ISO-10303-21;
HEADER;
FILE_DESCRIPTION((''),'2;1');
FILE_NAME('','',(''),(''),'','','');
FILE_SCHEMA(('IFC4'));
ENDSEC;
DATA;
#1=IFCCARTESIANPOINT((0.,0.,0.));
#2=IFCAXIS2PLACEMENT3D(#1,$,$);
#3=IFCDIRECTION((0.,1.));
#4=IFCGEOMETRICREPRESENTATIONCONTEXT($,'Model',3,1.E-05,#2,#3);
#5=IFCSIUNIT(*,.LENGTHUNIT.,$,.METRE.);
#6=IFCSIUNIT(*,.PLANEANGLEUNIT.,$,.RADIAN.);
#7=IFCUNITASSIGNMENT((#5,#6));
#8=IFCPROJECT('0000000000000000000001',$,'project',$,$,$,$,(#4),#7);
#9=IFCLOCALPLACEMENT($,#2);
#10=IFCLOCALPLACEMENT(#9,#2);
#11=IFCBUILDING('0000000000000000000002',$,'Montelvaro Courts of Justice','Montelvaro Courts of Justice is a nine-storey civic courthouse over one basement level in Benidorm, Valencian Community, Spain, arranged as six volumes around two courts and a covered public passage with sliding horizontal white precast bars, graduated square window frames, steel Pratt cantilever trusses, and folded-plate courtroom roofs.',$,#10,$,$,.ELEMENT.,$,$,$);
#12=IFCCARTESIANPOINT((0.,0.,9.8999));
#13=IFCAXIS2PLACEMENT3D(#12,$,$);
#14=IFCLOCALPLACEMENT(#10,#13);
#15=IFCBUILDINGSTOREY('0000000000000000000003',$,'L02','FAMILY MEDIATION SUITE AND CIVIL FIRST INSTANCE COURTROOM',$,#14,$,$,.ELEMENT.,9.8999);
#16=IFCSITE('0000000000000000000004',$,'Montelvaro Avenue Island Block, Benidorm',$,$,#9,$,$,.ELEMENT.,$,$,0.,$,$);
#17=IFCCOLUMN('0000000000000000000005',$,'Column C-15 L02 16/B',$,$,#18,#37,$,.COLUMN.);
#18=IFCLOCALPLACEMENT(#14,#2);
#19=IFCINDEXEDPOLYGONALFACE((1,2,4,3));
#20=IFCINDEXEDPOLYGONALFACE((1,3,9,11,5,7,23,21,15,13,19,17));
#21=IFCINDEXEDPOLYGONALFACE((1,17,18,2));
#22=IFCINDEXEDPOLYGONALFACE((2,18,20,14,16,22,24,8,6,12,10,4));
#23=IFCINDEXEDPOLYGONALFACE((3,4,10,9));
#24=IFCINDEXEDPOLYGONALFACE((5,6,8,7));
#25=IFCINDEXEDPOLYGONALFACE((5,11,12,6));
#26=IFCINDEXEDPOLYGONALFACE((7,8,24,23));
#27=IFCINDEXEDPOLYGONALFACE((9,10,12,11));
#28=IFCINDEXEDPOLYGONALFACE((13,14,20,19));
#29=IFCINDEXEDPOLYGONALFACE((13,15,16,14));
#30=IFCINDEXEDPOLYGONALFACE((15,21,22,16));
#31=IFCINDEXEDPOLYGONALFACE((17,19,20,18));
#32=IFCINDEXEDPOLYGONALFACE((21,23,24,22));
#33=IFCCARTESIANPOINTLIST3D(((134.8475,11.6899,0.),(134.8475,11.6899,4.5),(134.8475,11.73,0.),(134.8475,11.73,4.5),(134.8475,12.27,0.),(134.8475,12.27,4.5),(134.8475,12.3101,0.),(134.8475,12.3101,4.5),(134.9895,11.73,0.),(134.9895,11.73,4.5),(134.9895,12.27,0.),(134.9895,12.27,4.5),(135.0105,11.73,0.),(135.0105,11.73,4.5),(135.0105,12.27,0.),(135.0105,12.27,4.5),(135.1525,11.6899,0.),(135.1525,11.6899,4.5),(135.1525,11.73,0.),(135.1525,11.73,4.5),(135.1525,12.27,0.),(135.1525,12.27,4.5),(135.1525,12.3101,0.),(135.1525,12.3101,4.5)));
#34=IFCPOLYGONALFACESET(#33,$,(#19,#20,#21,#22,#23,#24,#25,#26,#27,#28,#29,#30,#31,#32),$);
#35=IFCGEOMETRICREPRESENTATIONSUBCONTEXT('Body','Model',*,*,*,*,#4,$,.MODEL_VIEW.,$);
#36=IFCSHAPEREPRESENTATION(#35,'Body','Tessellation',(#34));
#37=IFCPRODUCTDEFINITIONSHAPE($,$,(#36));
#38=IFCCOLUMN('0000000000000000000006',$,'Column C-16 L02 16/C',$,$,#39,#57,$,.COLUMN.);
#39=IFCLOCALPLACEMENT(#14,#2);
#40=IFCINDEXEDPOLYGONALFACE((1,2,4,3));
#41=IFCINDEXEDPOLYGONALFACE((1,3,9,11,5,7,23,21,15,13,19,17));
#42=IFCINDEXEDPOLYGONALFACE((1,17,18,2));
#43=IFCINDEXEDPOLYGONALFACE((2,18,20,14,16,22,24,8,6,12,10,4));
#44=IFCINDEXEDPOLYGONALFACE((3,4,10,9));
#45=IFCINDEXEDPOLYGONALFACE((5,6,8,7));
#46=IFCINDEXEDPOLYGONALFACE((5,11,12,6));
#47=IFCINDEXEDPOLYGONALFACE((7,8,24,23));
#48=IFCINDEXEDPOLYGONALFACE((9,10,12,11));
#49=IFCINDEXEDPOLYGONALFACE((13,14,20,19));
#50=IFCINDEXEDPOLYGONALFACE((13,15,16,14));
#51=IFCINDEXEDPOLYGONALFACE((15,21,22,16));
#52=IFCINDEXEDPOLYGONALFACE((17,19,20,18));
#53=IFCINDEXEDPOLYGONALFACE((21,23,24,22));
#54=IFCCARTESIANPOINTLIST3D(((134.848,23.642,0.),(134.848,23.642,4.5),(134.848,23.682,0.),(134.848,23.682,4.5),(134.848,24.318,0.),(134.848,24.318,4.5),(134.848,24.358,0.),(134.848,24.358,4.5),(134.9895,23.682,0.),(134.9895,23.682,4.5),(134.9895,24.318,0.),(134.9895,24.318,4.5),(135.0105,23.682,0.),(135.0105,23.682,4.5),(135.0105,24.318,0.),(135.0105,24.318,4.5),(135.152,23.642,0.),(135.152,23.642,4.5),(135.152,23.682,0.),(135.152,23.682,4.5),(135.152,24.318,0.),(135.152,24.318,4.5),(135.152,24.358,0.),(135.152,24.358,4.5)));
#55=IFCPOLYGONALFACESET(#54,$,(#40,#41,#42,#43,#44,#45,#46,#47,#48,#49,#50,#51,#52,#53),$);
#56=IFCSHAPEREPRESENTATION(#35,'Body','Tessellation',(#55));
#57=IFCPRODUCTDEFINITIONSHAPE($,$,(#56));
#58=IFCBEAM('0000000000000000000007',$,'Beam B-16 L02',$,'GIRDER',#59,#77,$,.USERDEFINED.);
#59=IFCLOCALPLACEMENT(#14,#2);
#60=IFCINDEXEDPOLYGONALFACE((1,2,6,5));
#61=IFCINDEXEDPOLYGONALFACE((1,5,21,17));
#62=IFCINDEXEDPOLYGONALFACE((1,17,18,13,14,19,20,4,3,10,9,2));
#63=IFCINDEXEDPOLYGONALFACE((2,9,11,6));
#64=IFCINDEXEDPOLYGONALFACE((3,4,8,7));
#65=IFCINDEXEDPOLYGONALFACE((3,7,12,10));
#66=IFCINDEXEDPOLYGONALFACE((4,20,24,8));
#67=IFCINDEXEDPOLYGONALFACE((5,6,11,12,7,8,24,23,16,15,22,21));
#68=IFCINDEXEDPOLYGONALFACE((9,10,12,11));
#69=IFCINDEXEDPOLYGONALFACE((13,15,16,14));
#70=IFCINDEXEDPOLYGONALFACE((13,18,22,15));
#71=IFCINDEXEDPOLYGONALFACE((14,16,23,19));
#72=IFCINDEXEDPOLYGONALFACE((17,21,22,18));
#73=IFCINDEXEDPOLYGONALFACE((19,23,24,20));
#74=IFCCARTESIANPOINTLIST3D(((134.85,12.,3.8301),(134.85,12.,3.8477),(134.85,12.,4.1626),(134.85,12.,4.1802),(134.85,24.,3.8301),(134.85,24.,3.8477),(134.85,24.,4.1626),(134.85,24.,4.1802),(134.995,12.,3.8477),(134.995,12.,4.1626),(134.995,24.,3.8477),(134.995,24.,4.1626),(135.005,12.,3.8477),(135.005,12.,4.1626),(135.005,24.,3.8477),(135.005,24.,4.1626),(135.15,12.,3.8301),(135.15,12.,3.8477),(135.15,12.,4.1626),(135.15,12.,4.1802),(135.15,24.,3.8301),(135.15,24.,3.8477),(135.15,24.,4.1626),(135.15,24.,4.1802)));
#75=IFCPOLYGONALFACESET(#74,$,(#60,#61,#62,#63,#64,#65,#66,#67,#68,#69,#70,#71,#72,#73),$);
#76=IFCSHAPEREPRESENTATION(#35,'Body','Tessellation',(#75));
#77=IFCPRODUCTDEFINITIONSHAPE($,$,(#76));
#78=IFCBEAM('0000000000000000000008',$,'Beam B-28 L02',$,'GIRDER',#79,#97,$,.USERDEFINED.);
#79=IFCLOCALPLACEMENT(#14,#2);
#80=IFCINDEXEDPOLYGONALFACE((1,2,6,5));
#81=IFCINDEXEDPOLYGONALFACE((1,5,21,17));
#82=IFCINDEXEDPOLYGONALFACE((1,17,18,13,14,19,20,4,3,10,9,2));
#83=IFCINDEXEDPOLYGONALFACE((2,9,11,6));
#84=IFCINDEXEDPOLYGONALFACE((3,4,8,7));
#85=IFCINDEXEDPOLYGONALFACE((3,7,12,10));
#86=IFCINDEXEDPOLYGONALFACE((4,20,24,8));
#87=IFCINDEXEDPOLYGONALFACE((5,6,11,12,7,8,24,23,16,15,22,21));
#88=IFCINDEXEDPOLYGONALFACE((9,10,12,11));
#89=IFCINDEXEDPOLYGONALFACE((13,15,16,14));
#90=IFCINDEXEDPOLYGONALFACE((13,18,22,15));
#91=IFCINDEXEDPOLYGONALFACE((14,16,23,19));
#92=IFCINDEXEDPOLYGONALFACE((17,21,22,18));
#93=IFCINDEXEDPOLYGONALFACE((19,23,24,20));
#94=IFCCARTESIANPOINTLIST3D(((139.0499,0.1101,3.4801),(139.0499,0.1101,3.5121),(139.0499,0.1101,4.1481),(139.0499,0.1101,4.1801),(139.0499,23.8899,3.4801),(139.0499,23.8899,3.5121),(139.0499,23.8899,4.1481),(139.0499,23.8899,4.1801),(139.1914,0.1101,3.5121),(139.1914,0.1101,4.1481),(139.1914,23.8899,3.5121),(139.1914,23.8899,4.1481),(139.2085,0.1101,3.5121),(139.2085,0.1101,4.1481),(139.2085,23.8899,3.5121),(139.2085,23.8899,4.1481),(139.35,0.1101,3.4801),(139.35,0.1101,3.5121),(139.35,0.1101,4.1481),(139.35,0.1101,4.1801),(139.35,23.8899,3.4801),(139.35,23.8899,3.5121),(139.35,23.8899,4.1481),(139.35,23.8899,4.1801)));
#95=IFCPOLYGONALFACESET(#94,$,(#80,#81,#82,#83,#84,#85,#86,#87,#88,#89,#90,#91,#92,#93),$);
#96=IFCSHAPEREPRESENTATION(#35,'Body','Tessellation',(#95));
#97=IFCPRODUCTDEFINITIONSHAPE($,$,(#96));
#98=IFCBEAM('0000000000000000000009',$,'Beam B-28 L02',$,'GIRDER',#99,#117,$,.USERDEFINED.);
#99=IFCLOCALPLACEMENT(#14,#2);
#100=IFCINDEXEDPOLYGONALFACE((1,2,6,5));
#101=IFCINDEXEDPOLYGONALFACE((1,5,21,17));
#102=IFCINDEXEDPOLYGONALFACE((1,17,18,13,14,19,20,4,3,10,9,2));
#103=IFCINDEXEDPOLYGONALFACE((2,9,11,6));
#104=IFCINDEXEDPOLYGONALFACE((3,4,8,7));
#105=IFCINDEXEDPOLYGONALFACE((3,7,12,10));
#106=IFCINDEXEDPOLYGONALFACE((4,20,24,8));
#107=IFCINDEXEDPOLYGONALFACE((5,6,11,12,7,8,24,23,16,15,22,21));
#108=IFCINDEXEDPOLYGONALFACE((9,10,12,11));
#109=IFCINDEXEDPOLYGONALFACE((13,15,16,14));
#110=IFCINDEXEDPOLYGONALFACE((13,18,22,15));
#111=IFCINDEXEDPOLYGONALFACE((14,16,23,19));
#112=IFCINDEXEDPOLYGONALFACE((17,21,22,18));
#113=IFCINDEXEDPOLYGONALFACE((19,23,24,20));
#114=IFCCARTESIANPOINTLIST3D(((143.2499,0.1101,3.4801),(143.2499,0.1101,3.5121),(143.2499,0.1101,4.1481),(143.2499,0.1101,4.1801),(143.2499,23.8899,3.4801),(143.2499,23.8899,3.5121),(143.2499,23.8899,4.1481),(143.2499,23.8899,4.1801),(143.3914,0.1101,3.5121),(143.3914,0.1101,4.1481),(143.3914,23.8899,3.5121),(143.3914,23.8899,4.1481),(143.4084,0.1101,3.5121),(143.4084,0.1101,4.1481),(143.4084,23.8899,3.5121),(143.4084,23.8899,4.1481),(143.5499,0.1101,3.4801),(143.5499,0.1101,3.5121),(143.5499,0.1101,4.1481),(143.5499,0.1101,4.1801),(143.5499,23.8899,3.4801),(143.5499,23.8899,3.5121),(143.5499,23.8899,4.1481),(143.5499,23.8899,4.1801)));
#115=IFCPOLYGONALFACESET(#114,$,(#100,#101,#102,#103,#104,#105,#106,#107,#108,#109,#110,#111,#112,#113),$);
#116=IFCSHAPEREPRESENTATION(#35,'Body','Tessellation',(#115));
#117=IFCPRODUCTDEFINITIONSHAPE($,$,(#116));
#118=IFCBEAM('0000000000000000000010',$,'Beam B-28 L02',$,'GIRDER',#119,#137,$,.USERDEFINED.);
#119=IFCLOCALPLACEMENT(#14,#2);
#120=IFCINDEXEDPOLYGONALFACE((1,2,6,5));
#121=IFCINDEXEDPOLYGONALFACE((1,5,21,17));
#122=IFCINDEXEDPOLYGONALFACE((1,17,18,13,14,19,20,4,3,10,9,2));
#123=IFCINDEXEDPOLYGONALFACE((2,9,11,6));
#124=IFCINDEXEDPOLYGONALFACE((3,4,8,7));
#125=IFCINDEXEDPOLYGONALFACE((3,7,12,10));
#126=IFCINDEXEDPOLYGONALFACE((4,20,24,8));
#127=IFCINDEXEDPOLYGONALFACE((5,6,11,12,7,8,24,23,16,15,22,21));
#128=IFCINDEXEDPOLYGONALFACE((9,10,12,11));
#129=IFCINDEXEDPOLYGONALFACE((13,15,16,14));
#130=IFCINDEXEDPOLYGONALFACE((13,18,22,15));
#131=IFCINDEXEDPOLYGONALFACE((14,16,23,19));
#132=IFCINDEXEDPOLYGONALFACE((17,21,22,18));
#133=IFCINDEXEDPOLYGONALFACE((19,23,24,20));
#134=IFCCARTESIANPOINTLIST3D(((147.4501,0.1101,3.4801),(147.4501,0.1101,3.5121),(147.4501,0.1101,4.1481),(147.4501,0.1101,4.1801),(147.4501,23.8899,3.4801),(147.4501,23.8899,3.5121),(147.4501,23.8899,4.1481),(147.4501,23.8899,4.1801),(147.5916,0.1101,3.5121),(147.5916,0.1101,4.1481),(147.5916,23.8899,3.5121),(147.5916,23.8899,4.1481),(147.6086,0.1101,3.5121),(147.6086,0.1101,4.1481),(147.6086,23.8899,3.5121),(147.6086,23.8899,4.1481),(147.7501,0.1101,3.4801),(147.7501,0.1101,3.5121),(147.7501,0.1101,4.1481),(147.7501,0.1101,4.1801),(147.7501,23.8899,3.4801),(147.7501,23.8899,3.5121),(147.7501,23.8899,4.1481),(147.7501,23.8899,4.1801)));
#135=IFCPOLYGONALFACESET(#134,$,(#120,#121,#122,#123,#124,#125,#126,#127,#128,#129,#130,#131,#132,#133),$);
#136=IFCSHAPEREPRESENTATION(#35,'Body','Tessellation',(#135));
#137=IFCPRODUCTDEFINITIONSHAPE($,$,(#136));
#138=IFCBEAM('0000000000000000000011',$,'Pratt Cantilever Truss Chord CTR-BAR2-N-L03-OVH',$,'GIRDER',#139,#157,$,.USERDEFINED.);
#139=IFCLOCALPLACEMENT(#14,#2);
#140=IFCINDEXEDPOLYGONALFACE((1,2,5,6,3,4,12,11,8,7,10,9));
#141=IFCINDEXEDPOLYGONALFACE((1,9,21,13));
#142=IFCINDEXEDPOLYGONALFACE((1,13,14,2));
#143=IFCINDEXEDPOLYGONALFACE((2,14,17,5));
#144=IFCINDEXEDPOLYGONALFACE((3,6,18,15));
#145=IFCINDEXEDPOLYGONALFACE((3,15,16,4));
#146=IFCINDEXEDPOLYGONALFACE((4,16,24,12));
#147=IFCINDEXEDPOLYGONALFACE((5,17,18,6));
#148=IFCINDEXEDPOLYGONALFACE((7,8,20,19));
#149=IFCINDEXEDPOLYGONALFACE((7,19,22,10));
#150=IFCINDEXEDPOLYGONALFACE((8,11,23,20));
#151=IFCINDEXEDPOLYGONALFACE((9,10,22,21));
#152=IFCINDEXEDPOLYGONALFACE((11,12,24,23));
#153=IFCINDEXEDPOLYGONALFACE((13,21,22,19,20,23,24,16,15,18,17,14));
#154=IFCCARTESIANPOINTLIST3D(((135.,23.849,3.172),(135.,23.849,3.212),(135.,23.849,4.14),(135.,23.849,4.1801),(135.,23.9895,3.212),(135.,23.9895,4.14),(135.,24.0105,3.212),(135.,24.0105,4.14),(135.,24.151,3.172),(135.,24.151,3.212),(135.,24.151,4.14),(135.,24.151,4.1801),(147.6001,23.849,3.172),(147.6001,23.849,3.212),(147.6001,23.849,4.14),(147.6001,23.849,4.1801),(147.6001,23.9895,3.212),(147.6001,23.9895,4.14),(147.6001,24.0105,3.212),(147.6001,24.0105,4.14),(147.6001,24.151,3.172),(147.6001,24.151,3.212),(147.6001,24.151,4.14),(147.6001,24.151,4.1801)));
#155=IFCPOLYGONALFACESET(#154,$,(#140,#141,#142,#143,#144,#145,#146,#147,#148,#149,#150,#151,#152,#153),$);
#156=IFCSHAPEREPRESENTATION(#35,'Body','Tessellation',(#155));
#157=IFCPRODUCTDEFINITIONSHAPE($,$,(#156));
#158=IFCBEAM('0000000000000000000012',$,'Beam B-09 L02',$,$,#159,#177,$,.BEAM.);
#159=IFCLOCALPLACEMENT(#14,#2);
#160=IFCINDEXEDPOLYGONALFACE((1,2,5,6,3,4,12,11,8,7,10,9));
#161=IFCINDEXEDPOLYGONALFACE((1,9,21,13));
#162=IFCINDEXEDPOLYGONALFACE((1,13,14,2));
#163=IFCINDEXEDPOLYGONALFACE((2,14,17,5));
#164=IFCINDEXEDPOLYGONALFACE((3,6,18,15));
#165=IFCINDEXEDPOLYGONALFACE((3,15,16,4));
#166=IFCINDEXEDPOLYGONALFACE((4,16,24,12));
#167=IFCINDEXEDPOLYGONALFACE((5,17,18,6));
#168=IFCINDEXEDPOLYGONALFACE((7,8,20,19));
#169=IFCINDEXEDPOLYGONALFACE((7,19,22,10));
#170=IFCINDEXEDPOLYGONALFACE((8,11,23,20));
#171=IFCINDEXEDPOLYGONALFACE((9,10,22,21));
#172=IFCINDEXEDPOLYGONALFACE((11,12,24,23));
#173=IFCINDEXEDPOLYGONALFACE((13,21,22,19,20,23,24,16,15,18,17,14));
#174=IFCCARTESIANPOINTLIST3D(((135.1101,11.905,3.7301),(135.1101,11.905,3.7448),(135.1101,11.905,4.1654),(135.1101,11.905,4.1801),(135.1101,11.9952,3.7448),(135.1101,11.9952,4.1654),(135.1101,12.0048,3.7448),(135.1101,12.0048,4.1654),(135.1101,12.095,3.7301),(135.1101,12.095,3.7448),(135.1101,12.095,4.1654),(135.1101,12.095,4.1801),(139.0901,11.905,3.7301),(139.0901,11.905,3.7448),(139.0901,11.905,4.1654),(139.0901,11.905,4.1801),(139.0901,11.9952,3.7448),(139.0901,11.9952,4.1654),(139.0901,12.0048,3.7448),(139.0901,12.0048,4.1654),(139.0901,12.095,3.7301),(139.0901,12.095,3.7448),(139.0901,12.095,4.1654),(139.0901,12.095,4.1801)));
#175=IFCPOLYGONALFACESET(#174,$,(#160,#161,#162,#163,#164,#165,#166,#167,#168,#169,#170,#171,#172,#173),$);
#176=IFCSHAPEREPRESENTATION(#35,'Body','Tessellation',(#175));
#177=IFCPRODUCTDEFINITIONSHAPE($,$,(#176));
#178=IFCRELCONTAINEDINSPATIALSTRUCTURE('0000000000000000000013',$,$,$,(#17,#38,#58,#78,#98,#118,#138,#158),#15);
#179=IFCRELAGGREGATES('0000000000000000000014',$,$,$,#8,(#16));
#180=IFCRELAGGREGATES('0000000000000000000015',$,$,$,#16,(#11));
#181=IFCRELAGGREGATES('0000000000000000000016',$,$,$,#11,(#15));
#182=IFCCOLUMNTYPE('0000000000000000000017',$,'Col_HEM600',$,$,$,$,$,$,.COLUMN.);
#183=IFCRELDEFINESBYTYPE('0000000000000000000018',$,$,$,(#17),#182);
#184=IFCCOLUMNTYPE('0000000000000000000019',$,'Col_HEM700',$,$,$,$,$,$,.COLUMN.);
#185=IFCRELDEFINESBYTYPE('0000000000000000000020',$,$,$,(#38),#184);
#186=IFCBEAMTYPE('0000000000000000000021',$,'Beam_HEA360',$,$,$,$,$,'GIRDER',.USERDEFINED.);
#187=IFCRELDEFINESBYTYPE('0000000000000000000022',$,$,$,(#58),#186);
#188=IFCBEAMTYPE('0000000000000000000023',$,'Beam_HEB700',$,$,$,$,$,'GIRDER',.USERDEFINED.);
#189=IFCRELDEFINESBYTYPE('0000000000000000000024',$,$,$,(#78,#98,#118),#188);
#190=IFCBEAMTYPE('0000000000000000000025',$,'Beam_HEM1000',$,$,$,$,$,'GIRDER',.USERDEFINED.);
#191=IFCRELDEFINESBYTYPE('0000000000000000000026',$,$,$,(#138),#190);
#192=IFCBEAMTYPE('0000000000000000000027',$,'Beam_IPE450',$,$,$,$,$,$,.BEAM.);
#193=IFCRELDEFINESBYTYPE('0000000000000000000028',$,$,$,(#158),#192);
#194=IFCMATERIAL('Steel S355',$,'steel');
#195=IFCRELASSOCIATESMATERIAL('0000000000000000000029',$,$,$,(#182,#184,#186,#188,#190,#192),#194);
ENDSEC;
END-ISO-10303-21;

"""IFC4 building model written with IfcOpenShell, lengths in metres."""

from ifc_helpers import new_model, si_unit, direction, frame, origin, origin_2d, place, context, subcontext, project, spatial, i_section, extrude, material, material_profile, profile_set, type_object, element, save


model = new_model("IFC4")

# Units and contexts
model_context = context("Model", 3, precision=1e-05, world=origin(), true_north=direction((0.0, 1.0)))
body_context = subcontext(model_context, "Body", "Model", "MODEL_VIEW")
ifc_project = project(units=[si_unit("LENGTHUNIT", "METRE"), si_unit("PLANEANGLEUNIT", "RADIAN")], contexts=[model_context])

# Site, building, storey
site_placement = place(None, origin())
site = spatial("IfcSite", under=ifc_project, at=site_placement, Name="Montelvaro Avenue Island Block, Benidorm", CompositionType="ELEMENT", RefElevation=0.0)
building_placement = place(site_placement, origin())
building = spatial("IfcBuilding", under=site, at=building_placement, Name="Montelvaro Courts of Justice", Description="Montelvaro Courts of Justice is a nine-storey civic courthouse over one basement level in Benidorm, Valencian Community, Spain, arranged as six volumes around two courts and a covered public passage with sliding horizontal white precast bars, graduated square window frames, steel Pratt cantilever trusses, and folded-plate courtroom roofs.", CompositionType="ELEMENT")
storey_placement = place(building_placement, frame((0.0, 0.0, 9.8999)))
storey = spatial("IfcBuildingStorey", under=building, at=storey_placement, Name="L02", Description="FAMILY MEDIATION SUITE AND CIVIL FIRST INSTANCE COURTROOM", CompositionType="ELEMENT", Elevation=9.8999)

# Columns
ifc_material_1 = material(Name="Steel S355", Category="steel")
ifc_material_profile_1 = material_profile(ifc_material_1, i_section(OverallWidth=0.3049, OverallDepth=0.6201, WebThickness=0.021, FlangeThickness=0.04, at=origin_2d()), Name="HEM 600")
ifc_profile_set_1 = profile_set([ifc_material_profile_1], Name="Steel S355")
column_type_1 = type_object("IfcColumnType", Name="Col_HEM600", PredefinedType="COLUMN", material=ifc_profile_set_1)
column_1_placement = place(storey_placement, frame((135.0, 12.0, 0.0), z_axis=(0.0, 0.0, 1.0), x_axis=(1.0, 0.0, 0.0)))
element("IfcColumn", 1, at=column_1_placement, inside=storey, type_object=column_type_1, Name="Column C-15 L02 16/B", PredefinedType="COLUMN", context=body_context, shape_type="SweptSolid", body=[
    extrude(i_section(OverallWidth=0.3049, OverallDepth=0.6201, WebThickness=0.021, FlangeThickness=0.04, at=origin_2d()), origin(), (0.0, 0.0, 1.0), 4.5),
])
ifc_material_profile_2 = material_profile(ifc_material_1, i_section(OverallWidth=0.304, OverallDepth=0.7161, WebThickness=0.021, FlangeThickness=0.04, at=origin_2d()), Name="HEM 700")
ifc_profile_set_2 = profile_set([ifc_material_profile_2], Name="Steel S355")
column_type_2 = type_object("IfcColumnType", Name="Col_HEM700", PredefinedType="COLUMN", material=ifc_profile_set_2)
column_2_placement = place(storey_placement, frame((135.0, 24.0, 0.0), z_axis=(0.0, 0.0, 1.0), x_axis=(1.0, 0.0, 0.0)))
element("IfcColumn", 2, at=column_2_placement, inside=storey, type_object=column_type_2, Name="Column C-16 L02 16/C", PredefinedType="COLUMN", context=body_context, shape_type="SweptSolid", body=[
    extrude(i_section(OverallWidth=0.304, OverallDepth=0.7161, WebThickness=0.021, FlangeThickness=0.04, at=origin_2d()), origin(), (0.0, 0.0, 1.0), 4.5),
])

# Beams
ifc_material_profile_3 = material_profile(ifc_material_1, i_section(OverallWidth=0.3, OverallDepth=0.3501, WebThickness=0.01, FlangeThickness=0.0176, at=origin_2d()), Name="HEA 360")
ifc_profile_set_3 = profile_set([ifc_material_profile_3], Name="Steel S355")
beam_type_1 = type_object("IfcBeamType", Name="Beam_HEA360", ElementType="GIRDER", PredefinedType="USERDEFINED", material=ifc_profile_set_3)
beam_1_placement = place(storey_placement, frame((135.0, 12.0, 4.0051), z_axis=(0.0, 1.0, 0.0), x_axis=(-1.0, 0.0, 0.0)))
element("IfcBeam", 3, at=beam_1_placement, inside=storey, type_object=beam_type_1, Name="Beam B-16 L02", ObjectType="GIRDER", PredefinedType="USERDEFINED", context=body_context, shape_type="SweptSolid", body=[
    extrude(i_section(OverallWidth=0.3, OverallDepth=0.3501, WebThickness=0.01, FlangeThickness=0.0176, at=origin_2d()), origin(), (0.0, 0.0, 1.0), 12.0),
])
ifc_material_profile_4 = material_profile(ifc_material_1, i_section(OverallWidth=0.3, OverallDepth=0.7, WebThickness=0.0171, FlangeThickness=0.032, at=origin_2d()), Name="HEB 700")
ifc_profile_set_4 = profile_set([ifc_material_profile_4], Name="Steel S355")
beam_type_2 = type_object("IfcBeamType", Name="Beam_HEB700", ElementType="GIRDER", PredefinedType="USERDEFINED", material=ifc_profile_set_4)
for number, where, z_axis, x_axis, name in (
    (4, (139.2, 0.1101, 3.8301), (0.0, 1.0, 0.0), (-1.0, 0.0, 0.0), "Beam B-28 L02"),
    (5, (143.3999, 0.1101, 3.8301), (0.0, 1.0, 0.0), (-1.0, 0.0, 0.0), "Beam B-28 L02"),
    (6, (147.6001, 0.1101, 3.8301), (0.0, 1.0, 0.0), (-1.0, 0.0, 0.0), "Beam B-28 L02"),
):
    element("IfcBeam", number, at=place(storey_placement, frame(where, z_axis=z_axis, x_axis=x_axis)), inside=storey, type_object=beam_type_2, Name=name, ObjectType="GIRDER", PredefinedType="USERDEFINED", context=body_context, shape_type="SweptSolid", body=[
        extrude(i_section(OverallWidth=0.3, OverallDepth=0.7, WebThickness=0.0171, FlangeThickness=0.032, at=origin_2d()), origin(), (0.0, 0.0, 1.0), 23.7798),
    ])
ifc_material_profile_5 = material_profile(ifc_material_1, i_section(OverallWidth=0.302, OverallDepth=1.0081, WebThickness=0.021, FlangeThickness=0.04, at=origin_2d()), Name="HEM 1000")
ifc_profile_set_5 = profile_set([ifc_material_profile_5], Name="Steel S355")
beam_type_3 = type_object("IfcBeamType", Name="Beam_HEM1000", ElementType="GIRDER", PredefinedType="USERDEFINED", material=ifc_profile_set_5)
beam_2_placement = place(storey_placement, frame((135.0, 24.0, 3.676), z_axis=(1.0, 0.0, 0.0), x_axis=(0.0, 1.0, 0.0)))
element("IfcBeam", 7, at=beam_2_placement, inside=storey, type_object=beam_type_3, Name="Pratt Cantilever Truss Chord CTR-BAR2-N-L03-OVH", ObjectType="GIRDER", PredefinedType="USERDEFINED", context=body_context, shape_type="SweptSolid", body=[
    extrude(i_section(OverallWidth=0.302, OverallDepth=1.0081, WebThickness=0.021, FlangeThickness=0.04, at=origin_2d()), origin(), (0.0, 0.0, 1.0), 12.6001),
])
ifc_material_profile_6 = material_profile(ifc_material_1, i_section(OverallWidth=0.1899, OverallDepth=0.45, WebThickness=0.0095, FlangeThickness=0.0146, at=origin_2d()), Name="IPE 450")
ifc_profile_set_6 = profile_set([ifc_material_profile_6], Name="Steel S355")
beam_type_4 = type_object("IfcBeamType", Name="Beam_IPE450", PredefinedType="BEAM", material=ifc_profile_set_6)
for number, where, z_axis, x_axis, name in (
    (8, (135.1101, 12.0, 3.9551), (1.0, 0.0, 0.0), (0.0, 1.0, 0.0), "Beam B-09 L02"),
):
    element("IfcBeam", number, at=place(storey_placement, frame(where, z_axis=z_axis, x_axis=x_axis)), inside=storey, type_object=beam_type_4, Name=name, PredefinedType="BEAM", context=body_context, shape_type="SweptSolid", body=[
        extrude(i_section(OverallWidth=0.1899, OverallDepth=0.45, WebThickness=0.0095, FlangeThickness=0.0146, at=origin_2d()), origin(), (0.0, 0.0, 1.0), 3.98),
    ])

save(model, "model.ifc")
